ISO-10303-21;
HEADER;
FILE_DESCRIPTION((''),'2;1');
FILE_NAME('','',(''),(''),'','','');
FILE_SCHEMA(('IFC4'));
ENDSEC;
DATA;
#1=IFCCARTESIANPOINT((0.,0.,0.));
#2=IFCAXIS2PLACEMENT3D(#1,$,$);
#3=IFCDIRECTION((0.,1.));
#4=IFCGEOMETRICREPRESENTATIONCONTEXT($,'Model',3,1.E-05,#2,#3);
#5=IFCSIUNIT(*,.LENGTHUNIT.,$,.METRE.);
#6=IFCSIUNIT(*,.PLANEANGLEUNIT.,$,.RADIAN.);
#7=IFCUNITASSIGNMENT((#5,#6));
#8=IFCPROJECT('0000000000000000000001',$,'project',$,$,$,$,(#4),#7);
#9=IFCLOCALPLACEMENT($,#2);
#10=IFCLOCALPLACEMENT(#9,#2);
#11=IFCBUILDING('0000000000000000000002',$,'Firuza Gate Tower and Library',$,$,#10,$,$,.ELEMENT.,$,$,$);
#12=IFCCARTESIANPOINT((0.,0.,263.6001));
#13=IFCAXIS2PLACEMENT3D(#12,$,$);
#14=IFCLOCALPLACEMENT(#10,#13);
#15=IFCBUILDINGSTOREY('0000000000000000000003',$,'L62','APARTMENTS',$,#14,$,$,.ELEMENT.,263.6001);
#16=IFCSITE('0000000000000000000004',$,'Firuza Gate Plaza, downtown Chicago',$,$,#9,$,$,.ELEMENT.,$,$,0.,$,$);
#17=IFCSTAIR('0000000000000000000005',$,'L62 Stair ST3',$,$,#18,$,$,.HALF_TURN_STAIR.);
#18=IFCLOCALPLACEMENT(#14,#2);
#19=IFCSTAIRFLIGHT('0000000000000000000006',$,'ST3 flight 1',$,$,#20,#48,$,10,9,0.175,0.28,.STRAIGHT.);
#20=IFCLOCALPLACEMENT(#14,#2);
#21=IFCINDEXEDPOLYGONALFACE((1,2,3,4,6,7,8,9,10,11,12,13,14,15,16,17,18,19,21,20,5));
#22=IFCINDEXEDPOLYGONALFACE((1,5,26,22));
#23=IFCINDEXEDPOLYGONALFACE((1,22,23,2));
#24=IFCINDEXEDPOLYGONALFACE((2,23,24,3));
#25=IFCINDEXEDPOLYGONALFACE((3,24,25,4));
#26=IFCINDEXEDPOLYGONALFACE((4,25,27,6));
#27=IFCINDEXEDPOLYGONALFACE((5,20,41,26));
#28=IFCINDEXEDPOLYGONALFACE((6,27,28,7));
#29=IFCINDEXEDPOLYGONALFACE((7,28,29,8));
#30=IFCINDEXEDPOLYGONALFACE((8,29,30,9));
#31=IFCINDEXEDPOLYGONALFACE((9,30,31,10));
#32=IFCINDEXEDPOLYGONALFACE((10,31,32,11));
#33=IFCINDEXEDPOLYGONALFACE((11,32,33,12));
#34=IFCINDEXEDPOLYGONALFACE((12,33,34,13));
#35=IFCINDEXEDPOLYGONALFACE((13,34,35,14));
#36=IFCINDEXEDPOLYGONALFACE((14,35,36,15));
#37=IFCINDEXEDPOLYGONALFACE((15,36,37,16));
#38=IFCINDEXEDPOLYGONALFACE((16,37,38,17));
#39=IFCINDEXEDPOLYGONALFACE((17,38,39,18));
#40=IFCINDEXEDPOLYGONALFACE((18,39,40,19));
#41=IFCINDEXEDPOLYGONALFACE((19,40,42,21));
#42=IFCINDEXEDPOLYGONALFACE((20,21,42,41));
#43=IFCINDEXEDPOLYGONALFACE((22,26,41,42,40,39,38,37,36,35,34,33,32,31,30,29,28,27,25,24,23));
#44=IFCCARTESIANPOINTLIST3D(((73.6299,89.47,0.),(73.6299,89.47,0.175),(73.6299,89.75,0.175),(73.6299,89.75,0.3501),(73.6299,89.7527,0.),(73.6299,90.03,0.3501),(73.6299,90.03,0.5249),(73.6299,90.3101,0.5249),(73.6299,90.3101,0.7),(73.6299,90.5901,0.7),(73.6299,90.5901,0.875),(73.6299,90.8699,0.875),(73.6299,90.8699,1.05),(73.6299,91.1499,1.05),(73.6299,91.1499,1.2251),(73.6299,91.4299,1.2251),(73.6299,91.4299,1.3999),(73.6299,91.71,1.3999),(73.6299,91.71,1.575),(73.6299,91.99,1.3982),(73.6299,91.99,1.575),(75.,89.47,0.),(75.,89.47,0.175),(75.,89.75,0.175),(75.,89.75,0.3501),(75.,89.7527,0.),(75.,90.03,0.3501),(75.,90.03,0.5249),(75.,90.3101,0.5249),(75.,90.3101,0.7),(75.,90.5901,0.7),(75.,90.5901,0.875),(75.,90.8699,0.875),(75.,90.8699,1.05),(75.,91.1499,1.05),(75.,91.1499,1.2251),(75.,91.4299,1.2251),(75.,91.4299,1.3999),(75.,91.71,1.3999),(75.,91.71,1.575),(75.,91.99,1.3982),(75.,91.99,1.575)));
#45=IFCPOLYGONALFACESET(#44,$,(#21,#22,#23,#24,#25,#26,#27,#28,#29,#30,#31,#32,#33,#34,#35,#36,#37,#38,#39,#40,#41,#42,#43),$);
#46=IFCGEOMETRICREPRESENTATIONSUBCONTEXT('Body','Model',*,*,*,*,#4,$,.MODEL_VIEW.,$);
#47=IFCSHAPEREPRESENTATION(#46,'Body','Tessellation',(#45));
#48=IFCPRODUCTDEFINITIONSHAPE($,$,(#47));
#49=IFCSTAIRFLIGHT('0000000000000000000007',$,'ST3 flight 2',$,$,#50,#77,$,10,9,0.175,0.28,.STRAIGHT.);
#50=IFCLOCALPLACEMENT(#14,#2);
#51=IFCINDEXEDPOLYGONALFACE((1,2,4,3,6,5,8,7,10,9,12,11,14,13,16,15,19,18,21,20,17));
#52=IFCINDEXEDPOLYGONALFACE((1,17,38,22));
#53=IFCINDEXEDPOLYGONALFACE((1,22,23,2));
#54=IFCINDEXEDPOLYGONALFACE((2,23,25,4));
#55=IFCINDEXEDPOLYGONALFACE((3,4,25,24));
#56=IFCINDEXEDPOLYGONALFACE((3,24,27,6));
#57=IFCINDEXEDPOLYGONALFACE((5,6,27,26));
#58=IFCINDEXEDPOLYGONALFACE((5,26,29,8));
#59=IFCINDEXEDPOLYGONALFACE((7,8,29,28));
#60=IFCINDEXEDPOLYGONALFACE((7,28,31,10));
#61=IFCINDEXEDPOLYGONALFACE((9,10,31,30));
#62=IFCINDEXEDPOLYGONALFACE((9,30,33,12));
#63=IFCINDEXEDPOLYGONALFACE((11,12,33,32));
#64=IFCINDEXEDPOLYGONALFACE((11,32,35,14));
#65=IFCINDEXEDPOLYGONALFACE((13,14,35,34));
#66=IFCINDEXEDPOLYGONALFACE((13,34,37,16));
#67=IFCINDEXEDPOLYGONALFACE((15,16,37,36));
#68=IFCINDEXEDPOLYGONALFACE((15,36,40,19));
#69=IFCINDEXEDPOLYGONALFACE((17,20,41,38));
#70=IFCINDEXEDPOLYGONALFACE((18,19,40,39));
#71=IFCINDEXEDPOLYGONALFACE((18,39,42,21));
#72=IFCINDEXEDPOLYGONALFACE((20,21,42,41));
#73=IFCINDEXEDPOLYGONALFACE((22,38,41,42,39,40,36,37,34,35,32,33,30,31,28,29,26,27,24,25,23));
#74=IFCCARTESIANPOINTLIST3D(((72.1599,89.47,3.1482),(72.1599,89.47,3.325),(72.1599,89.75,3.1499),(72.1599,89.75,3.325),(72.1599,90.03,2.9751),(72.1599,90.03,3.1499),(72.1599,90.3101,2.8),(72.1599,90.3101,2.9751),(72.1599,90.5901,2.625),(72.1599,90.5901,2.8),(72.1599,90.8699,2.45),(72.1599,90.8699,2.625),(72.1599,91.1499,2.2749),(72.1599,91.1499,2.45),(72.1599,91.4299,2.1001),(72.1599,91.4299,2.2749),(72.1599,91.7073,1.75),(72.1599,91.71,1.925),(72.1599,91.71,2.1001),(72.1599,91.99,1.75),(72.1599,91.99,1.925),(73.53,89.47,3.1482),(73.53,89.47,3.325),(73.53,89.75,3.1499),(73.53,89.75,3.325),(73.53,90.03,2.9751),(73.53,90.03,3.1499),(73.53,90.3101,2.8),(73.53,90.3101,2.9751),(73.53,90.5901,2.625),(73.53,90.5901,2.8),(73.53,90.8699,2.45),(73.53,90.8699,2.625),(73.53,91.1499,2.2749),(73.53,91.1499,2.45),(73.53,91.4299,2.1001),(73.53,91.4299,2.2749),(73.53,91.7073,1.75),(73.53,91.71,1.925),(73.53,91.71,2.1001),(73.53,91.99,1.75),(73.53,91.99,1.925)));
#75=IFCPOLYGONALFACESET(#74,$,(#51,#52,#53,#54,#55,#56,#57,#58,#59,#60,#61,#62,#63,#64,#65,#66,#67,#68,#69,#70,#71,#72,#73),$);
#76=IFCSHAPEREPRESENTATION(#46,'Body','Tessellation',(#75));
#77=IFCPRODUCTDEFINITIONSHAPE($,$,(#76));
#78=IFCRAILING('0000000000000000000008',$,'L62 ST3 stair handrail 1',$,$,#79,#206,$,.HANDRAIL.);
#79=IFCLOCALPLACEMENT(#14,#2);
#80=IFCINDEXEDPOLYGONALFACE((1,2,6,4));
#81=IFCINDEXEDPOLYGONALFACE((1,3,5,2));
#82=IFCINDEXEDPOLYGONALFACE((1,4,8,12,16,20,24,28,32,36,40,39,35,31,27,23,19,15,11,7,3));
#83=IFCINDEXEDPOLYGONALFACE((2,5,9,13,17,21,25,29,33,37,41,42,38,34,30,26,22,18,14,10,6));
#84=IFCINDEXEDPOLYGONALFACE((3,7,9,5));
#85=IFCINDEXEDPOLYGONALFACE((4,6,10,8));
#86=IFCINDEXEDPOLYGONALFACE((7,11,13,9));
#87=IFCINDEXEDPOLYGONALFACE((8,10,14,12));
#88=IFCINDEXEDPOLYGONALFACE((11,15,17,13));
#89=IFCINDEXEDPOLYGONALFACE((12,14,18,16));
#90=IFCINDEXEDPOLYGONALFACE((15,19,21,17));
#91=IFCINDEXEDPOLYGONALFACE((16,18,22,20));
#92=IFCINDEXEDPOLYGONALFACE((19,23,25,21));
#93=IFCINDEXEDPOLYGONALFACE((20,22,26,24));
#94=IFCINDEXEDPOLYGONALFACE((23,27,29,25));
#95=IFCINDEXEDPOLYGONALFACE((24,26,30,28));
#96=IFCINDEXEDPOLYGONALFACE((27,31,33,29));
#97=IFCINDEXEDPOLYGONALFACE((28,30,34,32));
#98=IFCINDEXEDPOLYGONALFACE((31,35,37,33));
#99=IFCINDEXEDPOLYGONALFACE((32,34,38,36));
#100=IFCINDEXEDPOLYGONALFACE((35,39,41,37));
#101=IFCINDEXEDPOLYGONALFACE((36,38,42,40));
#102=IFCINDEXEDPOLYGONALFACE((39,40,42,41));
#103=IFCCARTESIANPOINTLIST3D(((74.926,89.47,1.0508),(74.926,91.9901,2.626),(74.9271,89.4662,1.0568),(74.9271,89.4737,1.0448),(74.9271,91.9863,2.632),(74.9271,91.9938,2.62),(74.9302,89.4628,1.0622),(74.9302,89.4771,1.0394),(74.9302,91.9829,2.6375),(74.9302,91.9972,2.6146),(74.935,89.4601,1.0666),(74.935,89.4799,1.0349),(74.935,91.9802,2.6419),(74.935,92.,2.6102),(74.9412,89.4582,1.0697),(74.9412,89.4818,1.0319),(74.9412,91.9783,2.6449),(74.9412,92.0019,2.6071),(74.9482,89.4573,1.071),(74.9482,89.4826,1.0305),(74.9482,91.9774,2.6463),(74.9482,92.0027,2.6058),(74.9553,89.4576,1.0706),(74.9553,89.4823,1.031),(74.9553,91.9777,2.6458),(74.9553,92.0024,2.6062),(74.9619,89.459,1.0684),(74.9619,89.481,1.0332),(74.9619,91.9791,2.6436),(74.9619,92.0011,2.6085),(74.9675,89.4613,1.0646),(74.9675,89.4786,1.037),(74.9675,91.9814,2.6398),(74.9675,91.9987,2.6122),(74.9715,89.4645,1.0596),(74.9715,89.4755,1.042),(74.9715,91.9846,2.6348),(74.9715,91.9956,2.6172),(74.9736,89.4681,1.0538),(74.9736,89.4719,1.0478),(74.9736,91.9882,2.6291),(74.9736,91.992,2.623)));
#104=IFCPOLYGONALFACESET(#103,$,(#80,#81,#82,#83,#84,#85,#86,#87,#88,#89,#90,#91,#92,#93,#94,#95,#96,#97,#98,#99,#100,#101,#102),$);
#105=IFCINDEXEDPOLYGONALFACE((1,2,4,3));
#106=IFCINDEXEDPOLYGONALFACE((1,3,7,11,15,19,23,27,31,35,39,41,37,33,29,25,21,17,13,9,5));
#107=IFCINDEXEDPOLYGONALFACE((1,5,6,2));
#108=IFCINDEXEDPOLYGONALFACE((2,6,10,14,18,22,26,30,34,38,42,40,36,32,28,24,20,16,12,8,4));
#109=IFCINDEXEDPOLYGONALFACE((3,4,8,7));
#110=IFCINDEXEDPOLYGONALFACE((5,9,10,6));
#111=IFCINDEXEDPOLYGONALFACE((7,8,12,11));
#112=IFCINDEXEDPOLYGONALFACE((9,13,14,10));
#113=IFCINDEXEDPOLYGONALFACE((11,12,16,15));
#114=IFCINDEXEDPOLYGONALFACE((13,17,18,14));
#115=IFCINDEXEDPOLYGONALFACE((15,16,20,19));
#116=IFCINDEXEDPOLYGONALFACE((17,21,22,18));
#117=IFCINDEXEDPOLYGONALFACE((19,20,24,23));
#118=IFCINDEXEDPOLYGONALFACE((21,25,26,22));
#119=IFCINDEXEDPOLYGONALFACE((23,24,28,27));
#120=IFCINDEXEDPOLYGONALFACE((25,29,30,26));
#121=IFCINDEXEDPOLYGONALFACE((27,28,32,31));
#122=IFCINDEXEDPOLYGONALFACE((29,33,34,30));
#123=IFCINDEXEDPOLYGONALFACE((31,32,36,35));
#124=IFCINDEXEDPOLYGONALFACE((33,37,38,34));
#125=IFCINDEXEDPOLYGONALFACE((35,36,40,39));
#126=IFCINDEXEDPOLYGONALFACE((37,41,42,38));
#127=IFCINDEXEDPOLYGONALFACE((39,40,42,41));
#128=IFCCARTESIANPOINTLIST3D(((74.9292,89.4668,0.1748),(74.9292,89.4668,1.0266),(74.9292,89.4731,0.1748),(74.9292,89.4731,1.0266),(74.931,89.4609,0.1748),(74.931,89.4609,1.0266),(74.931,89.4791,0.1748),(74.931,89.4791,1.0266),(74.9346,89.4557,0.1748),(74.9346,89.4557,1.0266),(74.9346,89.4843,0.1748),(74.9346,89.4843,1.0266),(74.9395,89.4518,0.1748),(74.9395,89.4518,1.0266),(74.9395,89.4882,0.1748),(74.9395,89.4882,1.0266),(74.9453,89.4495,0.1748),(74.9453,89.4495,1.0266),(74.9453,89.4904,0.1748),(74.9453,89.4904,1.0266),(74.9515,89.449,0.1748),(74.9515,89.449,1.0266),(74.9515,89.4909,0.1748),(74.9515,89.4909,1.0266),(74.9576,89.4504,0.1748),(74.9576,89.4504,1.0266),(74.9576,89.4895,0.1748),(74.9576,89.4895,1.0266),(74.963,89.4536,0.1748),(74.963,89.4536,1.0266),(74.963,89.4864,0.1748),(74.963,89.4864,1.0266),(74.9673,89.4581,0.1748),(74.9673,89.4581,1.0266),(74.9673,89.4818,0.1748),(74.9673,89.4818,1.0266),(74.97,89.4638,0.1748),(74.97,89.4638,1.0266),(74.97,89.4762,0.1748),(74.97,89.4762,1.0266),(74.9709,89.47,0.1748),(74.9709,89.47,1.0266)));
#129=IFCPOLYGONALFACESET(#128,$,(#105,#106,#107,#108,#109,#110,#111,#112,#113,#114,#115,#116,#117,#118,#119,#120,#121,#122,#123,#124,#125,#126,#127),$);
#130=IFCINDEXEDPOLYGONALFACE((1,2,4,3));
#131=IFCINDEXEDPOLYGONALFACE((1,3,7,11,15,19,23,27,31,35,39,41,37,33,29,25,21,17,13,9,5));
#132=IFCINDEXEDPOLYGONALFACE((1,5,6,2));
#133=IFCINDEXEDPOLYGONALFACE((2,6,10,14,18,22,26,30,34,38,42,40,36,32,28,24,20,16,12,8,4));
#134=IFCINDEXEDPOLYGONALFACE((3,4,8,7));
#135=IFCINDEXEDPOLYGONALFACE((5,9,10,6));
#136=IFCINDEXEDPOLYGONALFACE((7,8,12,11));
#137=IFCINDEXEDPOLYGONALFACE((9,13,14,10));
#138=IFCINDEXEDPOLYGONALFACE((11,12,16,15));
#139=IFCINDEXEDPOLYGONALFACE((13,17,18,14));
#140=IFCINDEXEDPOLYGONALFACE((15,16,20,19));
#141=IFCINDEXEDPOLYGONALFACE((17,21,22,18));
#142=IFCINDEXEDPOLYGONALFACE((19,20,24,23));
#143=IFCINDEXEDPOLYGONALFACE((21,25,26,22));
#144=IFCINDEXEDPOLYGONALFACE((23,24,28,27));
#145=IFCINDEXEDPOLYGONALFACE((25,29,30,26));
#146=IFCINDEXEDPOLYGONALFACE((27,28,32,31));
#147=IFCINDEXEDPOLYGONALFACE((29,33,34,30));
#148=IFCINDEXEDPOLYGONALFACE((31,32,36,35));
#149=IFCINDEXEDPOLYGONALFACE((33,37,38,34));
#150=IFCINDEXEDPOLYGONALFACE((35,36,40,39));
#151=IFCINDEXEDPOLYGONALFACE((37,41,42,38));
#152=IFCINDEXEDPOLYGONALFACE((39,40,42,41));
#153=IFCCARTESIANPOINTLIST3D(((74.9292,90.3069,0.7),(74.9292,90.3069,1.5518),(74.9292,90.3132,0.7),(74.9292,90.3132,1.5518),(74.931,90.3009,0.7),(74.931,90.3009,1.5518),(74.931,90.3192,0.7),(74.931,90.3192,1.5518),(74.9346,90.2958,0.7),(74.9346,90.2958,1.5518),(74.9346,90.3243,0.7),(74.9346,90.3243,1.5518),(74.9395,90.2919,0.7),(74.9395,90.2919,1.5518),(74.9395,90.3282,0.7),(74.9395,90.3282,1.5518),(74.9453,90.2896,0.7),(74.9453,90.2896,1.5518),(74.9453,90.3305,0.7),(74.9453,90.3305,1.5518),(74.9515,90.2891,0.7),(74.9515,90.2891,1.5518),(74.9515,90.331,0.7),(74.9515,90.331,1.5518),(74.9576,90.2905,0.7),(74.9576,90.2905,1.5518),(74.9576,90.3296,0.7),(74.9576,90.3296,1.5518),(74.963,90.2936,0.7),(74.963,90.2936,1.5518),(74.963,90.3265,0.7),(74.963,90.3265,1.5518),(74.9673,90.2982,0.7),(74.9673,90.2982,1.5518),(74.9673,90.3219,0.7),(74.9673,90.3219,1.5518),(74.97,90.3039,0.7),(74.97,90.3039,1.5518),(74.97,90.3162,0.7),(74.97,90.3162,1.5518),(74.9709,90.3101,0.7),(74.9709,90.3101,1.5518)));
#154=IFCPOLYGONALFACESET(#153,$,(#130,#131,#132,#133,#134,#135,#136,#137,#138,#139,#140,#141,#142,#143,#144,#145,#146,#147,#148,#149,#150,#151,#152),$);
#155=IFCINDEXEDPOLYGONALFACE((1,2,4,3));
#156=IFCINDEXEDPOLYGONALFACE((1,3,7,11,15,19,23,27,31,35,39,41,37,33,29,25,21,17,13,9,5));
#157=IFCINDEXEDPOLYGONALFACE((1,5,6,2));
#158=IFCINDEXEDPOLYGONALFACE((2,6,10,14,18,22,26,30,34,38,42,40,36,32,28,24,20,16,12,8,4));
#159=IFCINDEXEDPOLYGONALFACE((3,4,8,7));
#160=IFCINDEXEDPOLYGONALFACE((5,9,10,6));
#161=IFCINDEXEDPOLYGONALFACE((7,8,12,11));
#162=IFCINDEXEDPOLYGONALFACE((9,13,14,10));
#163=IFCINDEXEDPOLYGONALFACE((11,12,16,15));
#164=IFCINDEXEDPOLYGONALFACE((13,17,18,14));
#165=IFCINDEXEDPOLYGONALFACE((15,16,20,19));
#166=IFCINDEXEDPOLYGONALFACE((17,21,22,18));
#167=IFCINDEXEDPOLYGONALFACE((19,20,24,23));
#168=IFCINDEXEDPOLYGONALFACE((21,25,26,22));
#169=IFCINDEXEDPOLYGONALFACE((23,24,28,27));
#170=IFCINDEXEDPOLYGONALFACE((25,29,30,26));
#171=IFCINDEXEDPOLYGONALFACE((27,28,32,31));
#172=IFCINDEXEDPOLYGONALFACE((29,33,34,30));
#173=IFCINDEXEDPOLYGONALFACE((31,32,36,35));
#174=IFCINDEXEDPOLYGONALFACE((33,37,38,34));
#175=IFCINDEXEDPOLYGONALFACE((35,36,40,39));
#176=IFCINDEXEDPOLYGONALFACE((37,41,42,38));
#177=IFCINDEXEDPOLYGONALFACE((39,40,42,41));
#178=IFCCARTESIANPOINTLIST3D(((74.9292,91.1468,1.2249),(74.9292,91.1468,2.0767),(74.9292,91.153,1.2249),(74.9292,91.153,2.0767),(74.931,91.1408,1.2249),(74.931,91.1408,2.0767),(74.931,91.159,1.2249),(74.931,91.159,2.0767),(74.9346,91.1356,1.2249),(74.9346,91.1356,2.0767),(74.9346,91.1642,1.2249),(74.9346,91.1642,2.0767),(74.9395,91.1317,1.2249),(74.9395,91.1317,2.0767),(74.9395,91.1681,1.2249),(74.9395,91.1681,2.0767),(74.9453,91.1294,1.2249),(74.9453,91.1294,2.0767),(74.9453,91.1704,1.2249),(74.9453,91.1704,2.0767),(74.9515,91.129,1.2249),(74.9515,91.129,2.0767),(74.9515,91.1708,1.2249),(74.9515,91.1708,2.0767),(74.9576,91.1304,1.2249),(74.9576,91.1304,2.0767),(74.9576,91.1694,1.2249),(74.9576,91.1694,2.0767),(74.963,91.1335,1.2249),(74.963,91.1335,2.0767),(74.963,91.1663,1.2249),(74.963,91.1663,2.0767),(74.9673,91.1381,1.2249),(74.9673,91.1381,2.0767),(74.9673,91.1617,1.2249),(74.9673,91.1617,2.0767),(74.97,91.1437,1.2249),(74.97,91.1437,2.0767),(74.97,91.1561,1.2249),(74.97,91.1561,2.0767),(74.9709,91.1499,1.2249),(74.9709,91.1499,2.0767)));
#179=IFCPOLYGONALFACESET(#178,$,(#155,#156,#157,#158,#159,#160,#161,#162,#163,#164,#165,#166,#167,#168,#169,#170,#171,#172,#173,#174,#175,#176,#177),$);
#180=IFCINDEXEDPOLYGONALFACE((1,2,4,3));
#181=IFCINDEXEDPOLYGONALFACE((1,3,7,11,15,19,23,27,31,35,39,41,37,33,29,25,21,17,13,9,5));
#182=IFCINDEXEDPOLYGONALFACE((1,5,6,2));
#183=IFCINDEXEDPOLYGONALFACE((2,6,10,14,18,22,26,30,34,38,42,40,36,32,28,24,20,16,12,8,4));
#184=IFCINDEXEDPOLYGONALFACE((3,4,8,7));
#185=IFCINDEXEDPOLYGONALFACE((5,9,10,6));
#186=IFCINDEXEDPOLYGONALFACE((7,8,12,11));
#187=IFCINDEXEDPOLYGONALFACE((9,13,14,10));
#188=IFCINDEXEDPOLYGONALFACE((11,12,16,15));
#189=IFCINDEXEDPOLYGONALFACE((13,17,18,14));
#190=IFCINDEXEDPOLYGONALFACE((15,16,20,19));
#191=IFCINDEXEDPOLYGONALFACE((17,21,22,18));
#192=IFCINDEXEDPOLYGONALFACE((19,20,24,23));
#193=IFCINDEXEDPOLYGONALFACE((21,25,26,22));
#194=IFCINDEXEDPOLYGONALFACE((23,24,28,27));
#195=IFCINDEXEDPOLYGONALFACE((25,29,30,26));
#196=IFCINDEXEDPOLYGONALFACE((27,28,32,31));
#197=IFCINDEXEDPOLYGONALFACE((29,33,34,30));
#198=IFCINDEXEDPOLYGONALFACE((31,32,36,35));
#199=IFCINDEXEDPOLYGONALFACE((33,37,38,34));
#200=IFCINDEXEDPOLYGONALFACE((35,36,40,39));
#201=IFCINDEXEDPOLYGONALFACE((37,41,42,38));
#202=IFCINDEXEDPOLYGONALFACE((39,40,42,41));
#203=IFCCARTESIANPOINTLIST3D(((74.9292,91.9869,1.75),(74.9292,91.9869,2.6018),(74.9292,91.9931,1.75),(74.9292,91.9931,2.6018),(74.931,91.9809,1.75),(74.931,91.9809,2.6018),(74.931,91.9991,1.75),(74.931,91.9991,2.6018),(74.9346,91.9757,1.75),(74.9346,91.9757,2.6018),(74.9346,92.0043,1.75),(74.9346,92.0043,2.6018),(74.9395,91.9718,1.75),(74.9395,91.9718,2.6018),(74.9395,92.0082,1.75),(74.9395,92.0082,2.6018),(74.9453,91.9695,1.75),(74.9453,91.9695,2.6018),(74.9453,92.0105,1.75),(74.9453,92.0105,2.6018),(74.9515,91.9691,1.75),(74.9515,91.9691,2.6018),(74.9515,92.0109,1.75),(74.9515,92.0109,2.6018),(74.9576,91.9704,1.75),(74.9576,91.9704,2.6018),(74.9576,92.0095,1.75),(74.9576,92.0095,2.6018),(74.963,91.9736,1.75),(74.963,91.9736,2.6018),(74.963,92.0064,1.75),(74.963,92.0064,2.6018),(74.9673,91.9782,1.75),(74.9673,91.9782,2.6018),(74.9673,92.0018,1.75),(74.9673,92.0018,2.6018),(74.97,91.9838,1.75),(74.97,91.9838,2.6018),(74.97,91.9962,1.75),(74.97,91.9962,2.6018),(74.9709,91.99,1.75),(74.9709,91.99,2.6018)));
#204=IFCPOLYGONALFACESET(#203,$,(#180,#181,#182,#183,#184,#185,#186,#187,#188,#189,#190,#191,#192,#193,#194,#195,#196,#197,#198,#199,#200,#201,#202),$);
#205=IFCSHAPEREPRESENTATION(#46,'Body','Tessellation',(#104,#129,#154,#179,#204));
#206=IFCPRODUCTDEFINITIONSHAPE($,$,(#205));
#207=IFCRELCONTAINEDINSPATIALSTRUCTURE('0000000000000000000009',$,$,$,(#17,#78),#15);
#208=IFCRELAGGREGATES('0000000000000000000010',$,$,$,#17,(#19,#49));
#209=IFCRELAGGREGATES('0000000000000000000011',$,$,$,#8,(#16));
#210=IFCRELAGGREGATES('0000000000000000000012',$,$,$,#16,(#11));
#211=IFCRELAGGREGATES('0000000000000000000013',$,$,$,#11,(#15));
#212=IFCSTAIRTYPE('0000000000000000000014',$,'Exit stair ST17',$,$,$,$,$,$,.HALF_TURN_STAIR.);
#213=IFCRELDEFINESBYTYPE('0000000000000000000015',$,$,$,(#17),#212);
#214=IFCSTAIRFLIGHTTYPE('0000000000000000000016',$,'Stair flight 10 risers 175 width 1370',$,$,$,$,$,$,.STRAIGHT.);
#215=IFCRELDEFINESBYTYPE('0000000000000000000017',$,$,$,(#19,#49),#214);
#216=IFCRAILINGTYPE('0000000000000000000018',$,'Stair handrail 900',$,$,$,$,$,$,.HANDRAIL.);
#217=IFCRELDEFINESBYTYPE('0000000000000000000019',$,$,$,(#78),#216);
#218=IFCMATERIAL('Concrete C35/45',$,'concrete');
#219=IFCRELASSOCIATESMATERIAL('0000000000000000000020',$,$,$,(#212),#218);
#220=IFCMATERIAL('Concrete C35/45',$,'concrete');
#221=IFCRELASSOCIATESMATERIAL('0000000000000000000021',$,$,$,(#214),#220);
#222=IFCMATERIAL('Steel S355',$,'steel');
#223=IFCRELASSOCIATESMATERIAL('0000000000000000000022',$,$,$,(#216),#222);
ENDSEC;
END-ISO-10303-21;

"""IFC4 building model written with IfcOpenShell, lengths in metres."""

from ifc_helpers import new_model, si_unit, direction, frame, origin, origin_2d, place, context, subcontext, project, spatial, polyline, circle, outline, extrude, material, type_object, element, aggregate, save


model = new_model("IFC4")

# Units and contexts
model_context = context("Model", 3, precision=1e-05, world=origin(), true_north=direction((0.0, 1.0)))
body_context = subcontext(model_context, "Body", "Model", "MODEL_VIEW")
ifc_project = project(units=[si_unit("LENGTHUNIT", "METRE"), si_unit("PLANEANGLEUNIT", "RADIAN")], contexts=[model_context])

# Site, building, storey
site_placement = place(None, origin())
site = spatial("IfcSite", under=ifc_project, at=site_placement, Name="Firuza Gate Plaza, downtown Chicago", CompositionType="ELEMENT", RefElevation=0.0)
building_placement = place(site_placement, origin())
building = spatial("IfcBuilding", under=site, at=building_placement, Name="Firuza Gate Tower and Library", CompositionType="ELEMENT")
storey_placement = place(building_placement, frame((0.0, 0.0, 263.6001)))
storey = spatial("IfcBuildingStorey", under=building, at=storey_placement, Name="L62", Description="APARTMENTS", CompositionType="ELEMENT", Elevation=263.6001)

# Shared definitions
placement = place(storey_placement, origin())

# Stair, stair flights
ifc_material_1 = material(Name="Concrete C35/45", Category="concrete")
stair_type = type_object("IfcStairType", Name="Exit stair ST17", PredefinedType="HALF_TURN_STAIR", material=ifc_material_1)
stair = element("IfcStair", 1, at=placement, inside=storey, type_object=stair_type, Name="L62 Stair ST3", PredefinedType="HALF_TURN_STAIR")
ifc_material_2 = material(Name="Concrete C35/45", Category="concrete")
stair_flight_type = type_object("IfcStairFlightType", Name="Stair flight 10 risers 175 width 1370", PredefinedType="STRAIGHT", material=ifc_material_2)
stair_flight_1_placement = place(storey_placement, frame((74.3149, 89.47, 0.0), z_axis=(0.0, 0.0, 1.0), x_axis=(0.0, 1.0, 0.0)))
stair_flight_1 = element("IfcStairFlight", 2, at=stair_flight_1_placement, type_object=stair_flight_type, Name="ST3 flight 1", NumberOfRisers=10, NumberOfTreads=9, PredefinedType="STRAIGHT", RiserHeight=0.175, TreadLength=0.28, context=body_context, shape_type="SweptSolid", body=[
    extrude(outline(polyline([(0.0, 0.0), (0.0, 0.175), (0.28, 0.175), (0.28, 0.3501), (0.5601, 0.3501), (0.5601, 0.5249), (0.8401, 0.5249), (0.8401, 0.7), (1.1201, 0.7), (1.1201, 0.875), (1.3999, 0.875), (1.3999, 1.05), (1.6799, 1.05), (1.6799, 1.2251), (1.96, 1.2251), (1.96, 1.3999), (2.24, 1.3999), (2.24, 1.575), (2.52, 1.575), (2.52, 1.75), (2.52, 1.3982), (0.2827, 0.0), (0.0, 0.0)])), frame((0.0, 0.6851, 0.0), z_axis=(0.0, -1.0, 0.0), x_axis=(1.0, 0.0, 0.0)), (0.0, 0.0, 1.0), 1.3701),
])
stair_flight_2_placement = place(storey_placement, frame((72.845, 91.99, 1.75), z_axis=(0.0, 0.0, 1.0), x_axis=(0.0, -1.0, 0.0)))
stair_flight_2 = element("IfcStairFlight", 3, at=stair_flight_2_placement, type_object=stair_flight_type, Name="ST3 flight 2", NumberOfRisers=10, NumberOfTreads=9, PredefinedType="STRAIGHT", RiserHeight=0.175, TreadLength=0.28, context=body_context, shape_type="SweptSolid", body=[
    extrude(outline(polyline([(0.0, 0.0), (0.0, 0.175), (0.28, 0.175), (0.28, 0.3501), (0.5601, 0.3501), (0.5601, 0.5249), (0.8401, 0.5249), (0.8401, 0.7), (1.1201, 0.7), (1.1201, 0.875), (1.3999, 0.875), (1.3999, 1.05), (1.6799, 1.05), (1.6799, 1.2251), (1.96, 1.2251), (1.96, 1.3999), (2.24, 1.3999), (2.24, 1.575), (2.52, 1.575), (2.52, 1.75), (2.52, 1.3982), (0.2827, 0.0), (0.0, 0.0)])), frame((0.0, 0.6851, 0.0), z_axis=(0.0, -1.0, 0.0), x_axis=(1.0, 0.0, 0.0)), (0.0, 0.0, 1.0), 1.3701),
])
aggregate(stair, [stair_flight_1, stair_flight_2])

# Railing
ifc_material_3 = material(Name="Steel S355", Category="steel")
railing_type_1 = type_object("IfcRailingType", Name="Stair handrail 900", PredefinedType="HANDRAIL", material=ifc_material_3)
railing_1_placement = place(storey_placement, frame((74.95, 89.47, 0.1748)))
element("IfcRailing", 4, at=railing_1_placement, inside=storey, type_object=railing_type_1, Name="L62 ST3 stair handrail 1", PredefinedType="HANDRAIL", context=body_context, shape_type="SweptSolid", body=[
    extrude(circle(Radius=0.0239, at=origin_2d()), frame((0.0, 0.0, 0.876), z_axis=(0.0, 0.847971, 0.530043), x_axis=(-1.0, 0.0, 0.0)), (0.0, 0.0, 1.0), 2.9719),
    extrude(circle(Radius=0.021, at=origin_2d()), origin(), (0.0, 0.0, 1.0), 0.8518),
    extrude(circle(Radius=0.021, at=origin_2d()), frame((0.0, 0.8401, 0.5251)), (0.0, 0.0, 1.0), 0.8518),
    extrude(circle(Radius=0.021, at=origin_2d()), frame((0.0, 1.6799, 1.05)), (0.0, 0.0, 1.0), 0.8518),
    extrude(circle(Radius=0.021, at=origin_2d()), frame((0.0, 2.52, 1.5752)), (0.0, 0.0, 1.0), 0.8518),
])

save(model, "model.ifc")
